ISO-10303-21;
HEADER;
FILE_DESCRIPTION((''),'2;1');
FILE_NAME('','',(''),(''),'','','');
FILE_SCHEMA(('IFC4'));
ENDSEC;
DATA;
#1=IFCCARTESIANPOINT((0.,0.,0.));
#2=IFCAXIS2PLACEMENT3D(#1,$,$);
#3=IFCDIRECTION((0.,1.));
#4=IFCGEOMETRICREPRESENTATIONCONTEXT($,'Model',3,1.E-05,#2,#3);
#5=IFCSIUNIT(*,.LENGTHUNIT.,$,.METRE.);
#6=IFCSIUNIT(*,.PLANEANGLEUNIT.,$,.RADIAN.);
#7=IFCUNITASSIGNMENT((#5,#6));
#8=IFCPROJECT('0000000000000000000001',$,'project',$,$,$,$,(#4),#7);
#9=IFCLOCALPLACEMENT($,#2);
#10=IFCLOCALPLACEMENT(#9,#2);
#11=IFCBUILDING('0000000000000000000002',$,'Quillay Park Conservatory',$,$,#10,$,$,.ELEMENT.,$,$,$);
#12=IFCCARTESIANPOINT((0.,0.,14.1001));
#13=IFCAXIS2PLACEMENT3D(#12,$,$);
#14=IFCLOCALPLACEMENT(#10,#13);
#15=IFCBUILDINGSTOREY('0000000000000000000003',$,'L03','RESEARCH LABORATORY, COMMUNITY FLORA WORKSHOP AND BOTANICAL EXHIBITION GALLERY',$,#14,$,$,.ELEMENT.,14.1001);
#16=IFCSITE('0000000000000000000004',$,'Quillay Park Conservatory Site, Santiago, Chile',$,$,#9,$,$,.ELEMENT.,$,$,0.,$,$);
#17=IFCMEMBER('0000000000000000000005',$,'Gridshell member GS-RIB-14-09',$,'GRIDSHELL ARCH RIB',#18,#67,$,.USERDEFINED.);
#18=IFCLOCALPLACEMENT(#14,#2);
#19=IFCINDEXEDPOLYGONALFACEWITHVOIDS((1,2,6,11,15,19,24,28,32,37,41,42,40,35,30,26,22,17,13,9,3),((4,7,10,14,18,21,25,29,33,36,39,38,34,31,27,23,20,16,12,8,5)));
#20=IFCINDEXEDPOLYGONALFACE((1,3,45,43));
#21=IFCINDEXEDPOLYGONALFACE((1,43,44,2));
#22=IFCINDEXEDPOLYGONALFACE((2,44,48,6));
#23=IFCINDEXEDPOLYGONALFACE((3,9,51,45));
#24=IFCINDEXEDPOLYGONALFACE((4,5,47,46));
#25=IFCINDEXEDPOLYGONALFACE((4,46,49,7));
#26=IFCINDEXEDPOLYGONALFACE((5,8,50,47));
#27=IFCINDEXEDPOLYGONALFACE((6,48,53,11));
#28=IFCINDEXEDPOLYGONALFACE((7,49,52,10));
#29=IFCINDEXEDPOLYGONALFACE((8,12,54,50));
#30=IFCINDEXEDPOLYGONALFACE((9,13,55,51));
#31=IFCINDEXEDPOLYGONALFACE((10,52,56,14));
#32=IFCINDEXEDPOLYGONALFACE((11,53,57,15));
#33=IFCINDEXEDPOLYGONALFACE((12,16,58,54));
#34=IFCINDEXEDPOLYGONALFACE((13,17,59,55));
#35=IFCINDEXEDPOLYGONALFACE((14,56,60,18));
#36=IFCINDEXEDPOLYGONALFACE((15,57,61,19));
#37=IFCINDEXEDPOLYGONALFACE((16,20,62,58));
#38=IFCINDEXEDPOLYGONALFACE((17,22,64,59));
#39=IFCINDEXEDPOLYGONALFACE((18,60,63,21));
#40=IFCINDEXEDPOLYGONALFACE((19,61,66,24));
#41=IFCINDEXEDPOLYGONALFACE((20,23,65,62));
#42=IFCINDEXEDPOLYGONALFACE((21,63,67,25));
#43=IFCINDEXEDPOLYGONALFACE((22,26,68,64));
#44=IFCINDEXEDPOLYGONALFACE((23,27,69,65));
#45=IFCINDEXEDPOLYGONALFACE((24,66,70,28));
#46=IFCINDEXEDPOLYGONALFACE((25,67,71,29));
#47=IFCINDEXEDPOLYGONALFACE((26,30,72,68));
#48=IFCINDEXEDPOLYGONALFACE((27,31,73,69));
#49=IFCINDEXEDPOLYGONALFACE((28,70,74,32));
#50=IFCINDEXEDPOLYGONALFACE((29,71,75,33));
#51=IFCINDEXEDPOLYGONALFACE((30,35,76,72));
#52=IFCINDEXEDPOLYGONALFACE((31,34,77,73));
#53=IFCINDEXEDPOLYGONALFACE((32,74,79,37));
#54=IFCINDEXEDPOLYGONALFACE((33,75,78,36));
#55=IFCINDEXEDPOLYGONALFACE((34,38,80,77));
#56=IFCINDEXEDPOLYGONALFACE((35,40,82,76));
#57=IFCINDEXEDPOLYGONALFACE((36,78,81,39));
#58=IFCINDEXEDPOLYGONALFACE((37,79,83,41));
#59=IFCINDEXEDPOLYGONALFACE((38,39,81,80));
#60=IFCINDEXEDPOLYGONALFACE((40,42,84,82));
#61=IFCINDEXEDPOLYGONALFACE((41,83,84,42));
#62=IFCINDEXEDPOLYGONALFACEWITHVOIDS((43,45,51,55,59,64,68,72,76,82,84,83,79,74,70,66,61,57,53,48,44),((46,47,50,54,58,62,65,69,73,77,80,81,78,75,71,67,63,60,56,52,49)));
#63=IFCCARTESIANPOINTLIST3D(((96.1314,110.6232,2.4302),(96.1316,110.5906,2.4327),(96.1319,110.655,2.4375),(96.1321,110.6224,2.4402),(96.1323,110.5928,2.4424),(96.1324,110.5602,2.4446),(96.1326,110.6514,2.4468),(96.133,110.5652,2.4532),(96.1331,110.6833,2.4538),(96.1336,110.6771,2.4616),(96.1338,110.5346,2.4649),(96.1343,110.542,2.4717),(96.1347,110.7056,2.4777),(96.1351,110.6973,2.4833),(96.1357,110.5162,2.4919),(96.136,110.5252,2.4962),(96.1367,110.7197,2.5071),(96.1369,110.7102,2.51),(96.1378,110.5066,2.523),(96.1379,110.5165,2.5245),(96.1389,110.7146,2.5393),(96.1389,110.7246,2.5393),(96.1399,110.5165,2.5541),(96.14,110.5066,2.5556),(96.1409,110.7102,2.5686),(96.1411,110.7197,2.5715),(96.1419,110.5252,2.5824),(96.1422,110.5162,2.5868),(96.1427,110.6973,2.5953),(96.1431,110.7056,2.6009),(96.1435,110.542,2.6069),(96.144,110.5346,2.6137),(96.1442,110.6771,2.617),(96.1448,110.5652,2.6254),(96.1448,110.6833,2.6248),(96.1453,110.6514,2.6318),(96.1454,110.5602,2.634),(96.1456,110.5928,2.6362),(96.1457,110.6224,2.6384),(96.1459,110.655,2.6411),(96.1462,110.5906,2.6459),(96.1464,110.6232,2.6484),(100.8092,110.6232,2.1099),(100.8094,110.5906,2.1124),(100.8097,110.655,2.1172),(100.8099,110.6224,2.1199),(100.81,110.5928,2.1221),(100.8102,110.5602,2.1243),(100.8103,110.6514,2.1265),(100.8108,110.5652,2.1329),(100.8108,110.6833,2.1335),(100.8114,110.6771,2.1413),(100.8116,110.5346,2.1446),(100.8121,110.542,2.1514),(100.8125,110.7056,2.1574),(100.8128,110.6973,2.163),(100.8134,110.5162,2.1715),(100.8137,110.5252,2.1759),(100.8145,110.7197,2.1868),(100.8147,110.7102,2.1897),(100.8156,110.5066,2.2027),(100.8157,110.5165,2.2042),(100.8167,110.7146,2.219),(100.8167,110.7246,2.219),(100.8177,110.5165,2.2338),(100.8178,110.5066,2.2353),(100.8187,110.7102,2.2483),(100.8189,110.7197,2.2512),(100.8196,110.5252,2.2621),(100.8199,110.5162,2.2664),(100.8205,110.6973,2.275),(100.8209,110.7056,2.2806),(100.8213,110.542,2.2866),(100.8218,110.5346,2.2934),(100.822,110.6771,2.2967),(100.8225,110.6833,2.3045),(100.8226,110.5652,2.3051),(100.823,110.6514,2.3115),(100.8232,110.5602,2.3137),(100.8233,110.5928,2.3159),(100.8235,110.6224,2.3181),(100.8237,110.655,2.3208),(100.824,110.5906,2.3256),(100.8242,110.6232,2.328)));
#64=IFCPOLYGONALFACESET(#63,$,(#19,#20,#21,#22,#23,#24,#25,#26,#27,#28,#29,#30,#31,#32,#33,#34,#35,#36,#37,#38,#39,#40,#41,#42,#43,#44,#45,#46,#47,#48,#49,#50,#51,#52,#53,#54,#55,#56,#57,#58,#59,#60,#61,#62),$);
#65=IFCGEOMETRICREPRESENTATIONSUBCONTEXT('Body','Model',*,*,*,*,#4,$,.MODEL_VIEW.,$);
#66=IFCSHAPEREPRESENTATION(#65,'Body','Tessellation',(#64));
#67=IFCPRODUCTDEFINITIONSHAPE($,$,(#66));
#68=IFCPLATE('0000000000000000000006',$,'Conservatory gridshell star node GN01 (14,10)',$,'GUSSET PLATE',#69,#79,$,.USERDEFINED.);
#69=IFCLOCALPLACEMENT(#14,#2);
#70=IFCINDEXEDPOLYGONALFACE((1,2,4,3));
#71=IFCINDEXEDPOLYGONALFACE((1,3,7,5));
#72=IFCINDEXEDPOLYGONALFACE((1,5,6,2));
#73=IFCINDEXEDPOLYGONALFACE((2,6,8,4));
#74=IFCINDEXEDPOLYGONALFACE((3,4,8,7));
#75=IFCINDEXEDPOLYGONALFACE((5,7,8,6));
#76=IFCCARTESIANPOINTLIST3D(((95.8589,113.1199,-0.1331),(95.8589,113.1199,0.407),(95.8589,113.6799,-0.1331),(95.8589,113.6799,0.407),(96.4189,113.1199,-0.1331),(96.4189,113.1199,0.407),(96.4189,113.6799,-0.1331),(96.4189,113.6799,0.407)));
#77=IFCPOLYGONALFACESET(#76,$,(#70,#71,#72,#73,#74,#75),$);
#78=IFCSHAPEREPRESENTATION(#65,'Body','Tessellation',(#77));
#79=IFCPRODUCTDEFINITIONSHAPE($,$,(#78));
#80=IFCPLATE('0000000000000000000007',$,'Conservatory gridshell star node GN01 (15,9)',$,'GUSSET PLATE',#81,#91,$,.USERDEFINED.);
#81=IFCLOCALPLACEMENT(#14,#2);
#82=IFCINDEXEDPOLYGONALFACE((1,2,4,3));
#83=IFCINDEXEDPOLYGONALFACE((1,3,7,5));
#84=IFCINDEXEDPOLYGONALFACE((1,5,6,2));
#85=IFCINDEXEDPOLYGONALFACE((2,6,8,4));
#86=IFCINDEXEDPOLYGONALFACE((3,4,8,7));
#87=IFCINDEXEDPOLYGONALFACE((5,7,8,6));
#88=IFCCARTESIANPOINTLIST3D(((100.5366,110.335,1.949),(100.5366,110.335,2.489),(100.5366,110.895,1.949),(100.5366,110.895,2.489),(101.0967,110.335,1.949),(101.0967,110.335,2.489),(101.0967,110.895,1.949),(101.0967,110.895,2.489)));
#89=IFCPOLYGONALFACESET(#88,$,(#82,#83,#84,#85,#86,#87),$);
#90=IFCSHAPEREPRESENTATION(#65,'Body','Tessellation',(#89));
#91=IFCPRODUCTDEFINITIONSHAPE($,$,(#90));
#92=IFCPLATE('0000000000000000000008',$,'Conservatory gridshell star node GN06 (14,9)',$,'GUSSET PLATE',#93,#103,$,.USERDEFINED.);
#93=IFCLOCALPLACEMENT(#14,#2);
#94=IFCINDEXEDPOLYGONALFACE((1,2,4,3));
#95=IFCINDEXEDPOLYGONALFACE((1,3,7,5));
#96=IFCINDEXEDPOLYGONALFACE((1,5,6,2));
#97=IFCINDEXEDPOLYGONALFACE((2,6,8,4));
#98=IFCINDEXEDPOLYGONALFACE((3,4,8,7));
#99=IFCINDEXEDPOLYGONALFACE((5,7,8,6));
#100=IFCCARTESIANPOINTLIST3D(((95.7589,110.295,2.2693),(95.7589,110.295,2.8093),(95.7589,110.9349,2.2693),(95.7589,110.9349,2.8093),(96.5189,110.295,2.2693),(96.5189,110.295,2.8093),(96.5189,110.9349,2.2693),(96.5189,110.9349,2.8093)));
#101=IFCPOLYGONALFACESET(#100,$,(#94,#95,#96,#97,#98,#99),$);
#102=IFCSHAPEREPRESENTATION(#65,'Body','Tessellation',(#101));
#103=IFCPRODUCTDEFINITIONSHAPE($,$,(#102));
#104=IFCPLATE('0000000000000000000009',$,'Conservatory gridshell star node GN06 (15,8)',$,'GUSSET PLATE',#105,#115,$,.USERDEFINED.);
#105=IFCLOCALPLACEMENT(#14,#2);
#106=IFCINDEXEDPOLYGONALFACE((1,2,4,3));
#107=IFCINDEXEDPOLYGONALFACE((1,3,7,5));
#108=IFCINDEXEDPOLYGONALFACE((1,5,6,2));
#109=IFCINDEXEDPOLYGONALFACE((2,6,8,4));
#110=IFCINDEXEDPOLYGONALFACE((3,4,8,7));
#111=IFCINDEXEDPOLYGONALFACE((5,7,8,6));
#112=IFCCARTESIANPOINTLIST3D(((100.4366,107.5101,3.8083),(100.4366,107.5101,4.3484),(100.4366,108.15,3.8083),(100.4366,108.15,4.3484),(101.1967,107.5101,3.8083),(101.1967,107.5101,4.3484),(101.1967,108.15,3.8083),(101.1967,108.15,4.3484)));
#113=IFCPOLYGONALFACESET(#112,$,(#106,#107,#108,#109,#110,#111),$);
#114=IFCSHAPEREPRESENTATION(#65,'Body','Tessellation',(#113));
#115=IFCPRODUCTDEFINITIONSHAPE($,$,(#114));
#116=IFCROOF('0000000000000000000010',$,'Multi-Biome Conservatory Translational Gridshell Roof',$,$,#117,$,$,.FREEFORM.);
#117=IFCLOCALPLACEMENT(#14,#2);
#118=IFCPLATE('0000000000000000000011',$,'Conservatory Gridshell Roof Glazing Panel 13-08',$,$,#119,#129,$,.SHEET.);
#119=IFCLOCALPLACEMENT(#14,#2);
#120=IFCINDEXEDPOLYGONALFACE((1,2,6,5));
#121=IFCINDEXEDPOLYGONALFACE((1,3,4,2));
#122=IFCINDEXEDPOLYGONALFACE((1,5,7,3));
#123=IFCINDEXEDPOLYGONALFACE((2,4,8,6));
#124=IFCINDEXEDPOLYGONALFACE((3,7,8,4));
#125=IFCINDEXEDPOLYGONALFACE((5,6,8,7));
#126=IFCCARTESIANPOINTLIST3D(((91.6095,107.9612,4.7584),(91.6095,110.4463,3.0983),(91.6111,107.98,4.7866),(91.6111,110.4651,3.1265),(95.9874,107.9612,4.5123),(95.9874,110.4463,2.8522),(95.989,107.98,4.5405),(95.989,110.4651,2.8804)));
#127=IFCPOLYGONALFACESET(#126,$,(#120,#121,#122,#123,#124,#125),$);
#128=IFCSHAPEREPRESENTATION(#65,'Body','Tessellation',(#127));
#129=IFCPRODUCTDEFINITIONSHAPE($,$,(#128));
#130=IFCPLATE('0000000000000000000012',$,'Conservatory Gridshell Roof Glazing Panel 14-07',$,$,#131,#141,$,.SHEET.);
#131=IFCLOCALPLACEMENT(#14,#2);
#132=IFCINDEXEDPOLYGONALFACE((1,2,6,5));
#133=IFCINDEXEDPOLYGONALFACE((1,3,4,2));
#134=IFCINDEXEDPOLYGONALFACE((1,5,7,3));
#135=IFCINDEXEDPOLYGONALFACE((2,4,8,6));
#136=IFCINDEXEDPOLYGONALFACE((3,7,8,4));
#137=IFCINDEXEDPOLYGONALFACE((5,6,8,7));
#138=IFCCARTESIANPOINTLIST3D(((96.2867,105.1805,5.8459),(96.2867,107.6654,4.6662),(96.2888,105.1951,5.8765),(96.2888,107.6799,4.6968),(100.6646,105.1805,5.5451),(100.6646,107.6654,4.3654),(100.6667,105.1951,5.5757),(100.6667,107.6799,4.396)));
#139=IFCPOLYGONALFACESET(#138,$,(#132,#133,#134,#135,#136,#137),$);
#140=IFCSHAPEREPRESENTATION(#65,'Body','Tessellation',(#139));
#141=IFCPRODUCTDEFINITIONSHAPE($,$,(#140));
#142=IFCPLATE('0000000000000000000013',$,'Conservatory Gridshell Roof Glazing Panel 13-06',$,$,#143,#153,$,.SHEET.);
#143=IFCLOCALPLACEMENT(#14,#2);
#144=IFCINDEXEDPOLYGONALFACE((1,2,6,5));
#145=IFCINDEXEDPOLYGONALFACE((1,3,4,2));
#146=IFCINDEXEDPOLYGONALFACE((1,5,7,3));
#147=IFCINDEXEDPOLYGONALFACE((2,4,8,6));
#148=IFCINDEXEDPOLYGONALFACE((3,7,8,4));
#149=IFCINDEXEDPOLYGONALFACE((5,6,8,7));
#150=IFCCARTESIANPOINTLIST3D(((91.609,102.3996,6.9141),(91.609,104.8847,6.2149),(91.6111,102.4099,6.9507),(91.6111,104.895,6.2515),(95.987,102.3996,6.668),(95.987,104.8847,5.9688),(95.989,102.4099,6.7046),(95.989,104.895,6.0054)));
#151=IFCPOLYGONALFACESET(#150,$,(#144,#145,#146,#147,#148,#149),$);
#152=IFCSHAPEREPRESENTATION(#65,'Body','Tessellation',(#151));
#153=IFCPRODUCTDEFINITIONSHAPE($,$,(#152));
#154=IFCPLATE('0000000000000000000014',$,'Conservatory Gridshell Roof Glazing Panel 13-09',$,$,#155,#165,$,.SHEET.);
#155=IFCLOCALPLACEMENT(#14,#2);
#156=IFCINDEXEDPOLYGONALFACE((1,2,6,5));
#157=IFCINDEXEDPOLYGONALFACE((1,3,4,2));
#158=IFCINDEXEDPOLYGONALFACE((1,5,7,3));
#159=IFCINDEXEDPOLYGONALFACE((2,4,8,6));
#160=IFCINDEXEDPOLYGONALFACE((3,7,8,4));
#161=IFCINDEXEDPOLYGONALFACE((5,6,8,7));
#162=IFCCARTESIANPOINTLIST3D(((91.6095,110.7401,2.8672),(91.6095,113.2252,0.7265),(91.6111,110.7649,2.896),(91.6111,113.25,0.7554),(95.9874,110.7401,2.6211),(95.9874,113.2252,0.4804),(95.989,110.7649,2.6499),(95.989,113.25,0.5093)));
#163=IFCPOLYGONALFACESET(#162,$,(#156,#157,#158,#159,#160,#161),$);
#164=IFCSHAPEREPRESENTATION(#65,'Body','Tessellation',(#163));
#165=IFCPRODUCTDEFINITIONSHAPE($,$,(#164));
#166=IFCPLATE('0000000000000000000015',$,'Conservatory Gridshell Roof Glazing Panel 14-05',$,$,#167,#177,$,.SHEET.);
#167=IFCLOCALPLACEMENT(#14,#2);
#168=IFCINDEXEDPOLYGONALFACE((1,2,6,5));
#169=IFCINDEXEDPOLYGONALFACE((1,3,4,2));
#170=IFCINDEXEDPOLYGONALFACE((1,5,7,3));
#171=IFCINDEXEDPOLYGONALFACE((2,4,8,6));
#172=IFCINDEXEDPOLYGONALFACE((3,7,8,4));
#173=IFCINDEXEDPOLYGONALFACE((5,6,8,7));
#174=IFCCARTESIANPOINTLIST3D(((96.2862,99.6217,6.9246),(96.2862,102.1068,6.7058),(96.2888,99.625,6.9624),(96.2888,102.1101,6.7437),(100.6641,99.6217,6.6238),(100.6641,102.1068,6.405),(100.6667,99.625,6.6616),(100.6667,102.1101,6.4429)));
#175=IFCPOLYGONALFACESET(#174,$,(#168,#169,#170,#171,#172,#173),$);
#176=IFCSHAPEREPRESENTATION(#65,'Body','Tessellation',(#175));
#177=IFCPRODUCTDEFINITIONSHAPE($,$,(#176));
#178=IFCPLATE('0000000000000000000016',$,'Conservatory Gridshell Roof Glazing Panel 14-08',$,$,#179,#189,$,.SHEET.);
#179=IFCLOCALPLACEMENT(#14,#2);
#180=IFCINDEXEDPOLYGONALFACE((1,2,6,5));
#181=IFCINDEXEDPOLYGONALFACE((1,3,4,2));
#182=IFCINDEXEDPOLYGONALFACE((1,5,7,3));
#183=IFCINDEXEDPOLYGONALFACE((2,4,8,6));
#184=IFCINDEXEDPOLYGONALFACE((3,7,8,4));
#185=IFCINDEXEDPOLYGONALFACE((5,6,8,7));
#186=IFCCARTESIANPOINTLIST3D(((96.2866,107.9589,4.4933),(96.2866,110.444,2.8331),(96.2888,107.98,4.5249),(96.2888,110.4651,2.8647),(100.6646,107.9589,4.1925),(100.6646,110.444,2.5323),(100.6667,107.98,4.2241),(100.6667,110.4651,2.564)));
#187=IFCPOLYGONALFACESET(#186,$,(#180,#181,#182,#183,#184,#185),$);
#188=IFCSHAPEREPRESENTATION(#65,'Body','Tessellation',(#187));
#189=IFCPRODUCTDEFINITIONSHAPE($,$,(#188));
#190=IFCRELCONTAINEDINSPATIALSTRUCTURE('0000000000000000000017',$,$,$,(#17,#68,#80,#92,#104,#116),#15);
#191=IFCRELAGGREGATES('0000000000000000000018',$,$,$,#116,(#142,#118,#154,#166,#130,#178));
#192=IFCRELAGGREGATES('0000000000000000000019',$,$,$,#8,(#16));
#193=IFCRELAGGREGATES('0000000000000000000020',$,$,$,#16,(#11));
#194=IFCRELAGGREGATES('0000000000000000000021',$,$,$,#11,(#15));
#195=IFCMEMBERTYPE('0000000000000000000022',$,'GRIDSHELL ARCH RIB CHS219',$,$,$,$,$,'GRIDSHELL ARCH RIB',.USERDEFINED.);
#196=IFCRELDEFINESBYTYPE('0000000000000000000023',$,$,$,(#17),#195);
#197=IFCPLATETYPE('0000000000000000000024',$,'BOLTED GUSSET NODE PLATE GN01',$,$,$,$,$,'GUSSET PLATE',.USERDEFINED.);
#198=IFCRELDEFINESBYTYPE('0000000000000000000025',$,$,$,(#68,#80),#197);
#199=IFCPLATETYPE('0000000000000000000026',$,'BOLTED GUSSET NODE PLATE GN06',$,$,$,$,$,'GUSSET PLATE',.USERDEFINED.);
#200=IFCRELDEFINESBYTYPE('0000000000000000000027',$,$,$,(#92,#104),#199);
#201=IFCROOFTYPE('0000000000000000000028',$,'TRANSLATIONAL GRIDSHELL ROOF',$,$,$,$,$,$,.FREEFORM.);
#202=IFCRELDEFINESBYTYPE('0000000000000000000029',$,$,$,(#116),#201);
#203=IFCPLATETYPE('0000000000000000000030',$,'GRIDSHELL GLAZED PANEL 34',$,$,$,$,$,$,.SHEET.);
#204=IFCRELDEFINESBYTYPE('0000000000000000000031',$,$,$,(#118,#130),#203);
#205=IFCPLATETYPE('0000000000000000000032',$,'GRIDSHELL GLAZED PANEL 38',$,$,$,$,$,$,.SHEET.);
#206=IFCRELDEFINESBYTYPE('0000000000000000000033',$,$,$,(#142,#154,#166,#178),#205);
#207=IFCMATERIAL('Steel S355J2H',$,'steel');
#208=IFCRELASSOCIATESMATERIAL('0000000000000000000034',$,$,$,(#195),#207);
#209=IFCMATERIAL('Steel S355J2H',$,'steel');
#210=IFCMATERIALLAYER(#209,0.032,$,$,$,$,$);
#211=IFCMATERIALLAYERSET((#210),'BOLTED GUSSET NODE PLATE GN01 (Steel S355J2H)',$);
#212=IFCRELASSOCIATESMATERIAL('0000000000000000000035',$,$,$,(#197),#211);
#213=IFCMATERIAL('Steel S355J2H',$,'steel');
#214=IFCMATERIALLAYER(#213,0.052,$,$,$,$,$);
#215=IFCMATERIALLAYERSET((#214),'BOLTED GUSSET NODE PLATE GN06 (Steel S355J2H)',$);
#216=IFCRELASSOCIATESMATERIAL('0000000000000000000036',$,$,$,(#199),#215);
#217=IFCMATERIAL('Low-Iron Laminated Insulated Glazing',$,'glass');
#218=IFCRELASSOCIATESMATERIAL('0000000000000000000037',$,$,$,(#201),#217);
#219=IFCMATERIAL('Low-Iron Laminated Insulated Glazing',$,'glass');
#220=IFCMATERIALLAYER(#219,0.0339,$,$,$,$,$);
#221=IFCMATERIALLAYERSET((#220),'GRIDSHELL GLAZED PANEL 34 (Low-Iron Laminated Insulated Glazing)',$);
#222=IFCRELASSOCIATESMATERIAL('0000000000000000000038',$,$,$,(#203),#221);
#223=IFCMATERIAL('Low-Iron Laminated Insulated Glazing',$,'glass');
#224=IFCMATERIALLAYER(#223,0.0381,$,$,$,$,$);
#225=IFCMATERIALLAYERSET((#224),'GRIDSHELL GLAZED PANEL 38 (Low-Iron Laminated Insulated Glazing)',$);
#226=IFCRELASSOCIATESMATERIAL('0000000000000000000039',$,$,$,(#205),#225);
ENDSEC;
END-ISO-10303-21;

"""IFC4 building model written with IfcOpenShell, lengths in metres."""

from ifc_helpers import new_model, si_unit, direction, frame, origin, origin_2d, place, context, subcontext, project, spatial, polyline, rectangle, hollow_circle, outline, extrude, material, layer, layer_set, material_profile, profile_set, type_object, element, aggregate, save


model = new_model("IFC4")

# Units and contexts
model_context = context("Model", 3, precision=1e-05, world=origin(), true_north=direction((0.0, 1.0)))
body_context = subcontext(model_context, "Body", "Model", "MODEL_VIEW")
ifc_project = project(units=[si_unit("LENGTHUNIT", "METRE"), si_unit("PLANEANGLEUNIT", "RADIAN")], contexts=[model_context])

# Site, building, storey
site_placement = place(None, origin())
site = spatial("IfcSite", under=ifc_project, at=site_placement, Name="Quillay Park Conservatory Site, Santiago, Chile", CompositionType="ELEMENT", RefElevation=0.0)
building_placement = place(site_placement, origin())
building = spatial("IfcBuilding", under=site, at=building_placement, Name="Quillay Park Conservatory", CompositionType="ELEMENT")
storey_placement = place(building_placement, frame((0.0, 0.0, 14.1001)))
storey = spatial("IfcBuildingStorey", under=building, at=storey_placement, Name="L03", Description="RESEARCH LABORATORY, COMMUNITY FLORA WORKSHOP AND BOTANICAL EXHIBITION GALLERY", CompositionType="ELEMENT", Elevation=14.1001)

# Member
ifc_material_1 = material(Name="Steel S355J2H", Category="steel")
ifc_material_profile_1 = material_profile(ifc_material_1, hollow_circle(Radius=0.1096, WallThickness=0.01, at=origin_2d()), Name="CHS219.1x10")
ifc_profile_set_1 = profile_set([ifc_material_profile_1], Name="Steel S355J2H")
member_type = type_object("IfcMemberType", Name="GRIDSHELL ARCH RIB CHS219", ElementType="GRIDSHELL ARCH RIB", PredefinedType="USERDEFINED", material=ifc_profile_set_1)
member_placement = place(storey_placement, frame((96.1389, 110.615, 2.5393), z_axis=(0.997664, 0.0, -0.068316), x_axis=(0.0, 1.0, 0.0)))
element("IfcMember", 1, at=member_placement, inside=storey, type_object=member_type, Name="Gridshell member GS-RIB-14-09", ObjectType="GRIDSHELL ARCH RIB", PredefinedType="USERDEFINED", context=body_context, shape_type="SweptSolid", body=[
    extrude(hollow_circle(Radius=0.1096, WallThickness=0.01, at=origin_2d()), origin(), (0.0, 0.0, 1.0), 4.6887),
])

# Plates
ifc_material_2 = material(Name="Steel S355J2H", Category="steel")
ifc_layer_1 = layer(ifc_material_2, 0.032)
ifc_layer_set_1 = layer_set([ifc_layer_1], Name="BOLTED GUSSET NODE PLATE GN01 (Steel S355J2H)")
plate_type_1 = type_object("IfcPlateType", Name="BOLTED GUSSET NODE PLATE GN01", ElementType="GUSSET PLATE", PredefinedType="USERDEFINED", material=ifc_layer_set_1)
for number, where, z_axis, x_axis, name in (
    (2, (96.1389, 113.3999, -0.1331), (0.0, 0.0, 1.0), (1.0, 0.0, 0.0), "Conservatory gridshell star node GN01 (14,10)"),
    (3, (100.8167, 110.615, 1.949), (0.0, 0.0, 1.0), (1.0, 0.0, 0.0), "Conservatory gridshell star node GN01 (15,9)"),
):
    element("IfcPlate", number, at=place(storey_placement, frame(where, z_axis=z_axis, x_axis=x_axis)), inside=storey, type_object=plate_type_1, Name=name, ObjectType="GUSSET PLATE", PredefinedType="USERDEFINED", context=body_context, shape_type="SweptSolid", body=[
        extrude(rectangle(XDim=0.5601, YDim=0.5601, at=origin_2d()), origin(), (0.0, 0.0, 1.0), 0.54),
    ])
ifc_material_3 = material(Name="Steel S355J2H", Category="steel")
ifc_layer_2 = layer(ifc_material_3, 0.052)
ifc_layer_set_2 = layer_set([ifc_layer_2], Name="BOLTED GUSSET NODE PLATE GN06 (Steel S355J2H)")
plate_type_2 = type_object("IfcPlateType", Name="BOLTED GUSSET NODE PLATE GN06", ElementType="GUSSET PLATE", PredefinedType="USERDEFINED", material=ifc_layer_set_2)
for number, where, z_axis, x_axis, name in (
    (4, (96.1389, 110.615, 2.2693), (0.0, 0.0, 1.0), (1.0, 0.0, 0.0), "Conservatory gridshell star node GN06 (14,9)"),
    (5, (100.8167, 107.8301, 3.8083), (0.0, 0.0, 1.0), (1.0, 0.0, 0.0), "Conservatory gridshell star node GN06 (15,8)"),
):
    element("IfcPlate", number, at=place(storey_placement, frame(where, z_axis=z_axis, x_axis=x_axis)), inside=storey, type_object=plate_type_2, Name=name, ObjectType="GUSSET PLATE", PredefinedType="USERDEFINED", context=body_context, shape_type="SweptSolid", body=[
        extrude(rectangle(XDim=0.76, YDim=0.6399, at=origin_2d()), origin(), (0.0, 0.0, 1.0), 0.54),
    ])

# Roof, plates
ifc_material_4 = material(Name="Low-Iron Laminated Insulated Glazing", Category="glass")
roof_type = type_object("IfcRoofType", Name="TRANSLATIONAL GRIDSHELL ROOF", PredefinedType="FREEFORM", material=ifc_material_4)
roof_placement = place(storey_placement, origin())
roof = element("IfcRoof", 6, at=roof_placement, inside=storey, type_object=roof_type, Name="Multi-Biome Conservatory Translational Gridshell Roof", PredefinedType="FREEFORM")
ifc_material_5 = material(Name="Low-Iron Laminated Insulated Glazing", Category="glass")
ifc_layer_3 = layer(ifc_material_5, 0.0339)
ifc_layer_set_3 = layer_set([ifc_layer_3], Name="GRIDSHELL GLAZED PANEL 34 (Low-Iron Laminated Insulated Glazing)")
plate_type_3 = type_object("IfcPlateType", Name="GRIDSHELL GLAZED PANEL 34", PredefinedType="SHEET", material=ifc_layer_set_3)
plate_1_placement = place(storey_placement, frame((91.6111, 107.98, 4.7866), z_axis=(0.046691, 0.554886, 0.830615), x_axis=(0.998424, 0.0, -0.056124)))
plate_1 = element("IfcPlate", 7, at=plate_1_placement, type_object=plate_type_3, Name="Conservatory Gridshell Roof Glazing Panel 13-08", PredefinedType="SHEET", context=body_context, shape_type="SweptSolid", body=[
    extrude(outline(polyline([(0.0, 0.0), (4.3848, 0.0), (4.478, 2.9872), (0.0932, 2.9872), (0.0, 0.0)])), origin(), (0.0, 0.0, -1.0), 0.0339),
])
plate_2_placement = place(storey_placement, frame((96.2888, 105.1951, 5.8765), z_axis=(0.061946, 0.428049, 0.90163), x_axis=(0.997648, 0.0, -0.068542)))
plate_2 = element("IfcPlate", 8, at=plate_2_placement, type_object=plate_type_3, Name="Conservatory Gridshell Roof Glazing Panel 14-07", PredefinedType="SHEET", context=body_context, shape_type="SweptSolid", body=[
    extrude(outline(polyline([(0.0, 0.0), (4.3882, 0.0), (4.4691, 2.7495), (0.0809, 2.7495), (0.0, 0.0)])), origin(), (0.0, 0.0, -1.0), 0.0339),
])
ifc_material_6 = material(Name="Low-Iron Laminated Insulated Glazing", Category="glass")
ifc_layer_4 = layer(ifc_material_6, 0.0381)
ifc_layer_set_4 = layer_set([ifc_layer_4], Name="GRIDSHELL GLAZED PANEL 38 (Low-Iron Laminated Insulated Glazing)")
plate_type_4 = type_object("IfcPlateType", Name="GRIDSHELL GLAZED PANEL 38", PredefinedType="SHEET", material=ifc_layer_set_4)
plate_3_placement = place(storey_placement, frame((91.6111, 102.4099, 6.9507), z_axis=(0.054032, 0.270451, 0.961216), x_axis=(0.998424, 0.0, -0.056124)))
plate_3 = element("IfcPlate", 9, at=plate_3_placement, type_object=plate_type_4, Name="Conservatory Gridshell Roof Glazing Panel 13-06", PredefinedType="SHEET", context=body_context, shape_type="SweptSolid", body=[
    extrude(outline(polyline([(0.0, 0.0), (4.3848, 0.0), (4.4241, 2.5813), (0.0392, 2.5813), (0.0, 0.0)])), origin(), (0.0, 0.0, -1.0), 0.0381),
])
plate_4_placement = place(storey_placement, frame((91.6111, 110.7649, 2.896), z_axis=(0.042552, 0.65205, 0.756981), x_axis=(0.998424, 0.0, -0.056124)))
plate_4 = element("IfcPlate", 10, at=plate_4_placement, type_object=plate_type_4, Name="Conservatory Gridshell Roof Glazing Panel 13-09", PredefinedType="SHEET", context=body_context, shape_type="SweptSolid", body=[
    extrude(outline(polyline([(0.0, 0.0), (4.3848, 0.0), (4.505, 3.2777), (0.1201, 3.2777), (0.0, 0.0)])), origin(), (0.0, 0.0, -1.0), 0.0381),
])
plate_5_placement = place(storey_placement, frame((96.2888, 99.625, 6.9624), z_axis=(0.06828, 0.087481, 0.993823), x_axis=(0.997648, 0.0, -0.068542)))
plate_5 = element("IfcPlate", 11, at=plate_5_placement, type_object=plate_type_4, Name="Conservatory Gridshell Roof Glazing Panel 14-05", PredefinedType="SHEET", context=body_context, shape_type="SweptSolid", body=[
    extrude(outline(polyline([(0.0, 0.0), (4.3882, 0.0), (4.4032, 2.4947), (0.015, 2.4947), (0.0, 0.0)])), origin(), (0.0, 0.0, -1.0), 0.0381),
])
plate_6_placement = place(storey_placement, frame((96.2888, 107.98, 4.5249), z_axis=(0.057036, 0.554587, 0.830168), x_axis=(0.997648, 0.0, -0.068542)))
plate_6 = element("IfcPlate", 12, at=plate_6_placement, type_object=plate_type_4, Name="Conservatory Gridshell Roof Glazing Panel 14-08", PredefinedType="SHEET", context=body_context, shape_type="SweptSolid", body=[
    extrude(outline(polyline([(0.0, 0.0), (4.3882, 0.0), (4.502, 2.9865), (0.1138, 2.9865), (0.0, 0.0)])), origin(), (0.0, 0.0, -1.0), 0.0381),
])
aggregate(roof, [plate_3, plate_1, plate_4, plate_5, plate_2, plate_6])

save(model, "model.ifc")
